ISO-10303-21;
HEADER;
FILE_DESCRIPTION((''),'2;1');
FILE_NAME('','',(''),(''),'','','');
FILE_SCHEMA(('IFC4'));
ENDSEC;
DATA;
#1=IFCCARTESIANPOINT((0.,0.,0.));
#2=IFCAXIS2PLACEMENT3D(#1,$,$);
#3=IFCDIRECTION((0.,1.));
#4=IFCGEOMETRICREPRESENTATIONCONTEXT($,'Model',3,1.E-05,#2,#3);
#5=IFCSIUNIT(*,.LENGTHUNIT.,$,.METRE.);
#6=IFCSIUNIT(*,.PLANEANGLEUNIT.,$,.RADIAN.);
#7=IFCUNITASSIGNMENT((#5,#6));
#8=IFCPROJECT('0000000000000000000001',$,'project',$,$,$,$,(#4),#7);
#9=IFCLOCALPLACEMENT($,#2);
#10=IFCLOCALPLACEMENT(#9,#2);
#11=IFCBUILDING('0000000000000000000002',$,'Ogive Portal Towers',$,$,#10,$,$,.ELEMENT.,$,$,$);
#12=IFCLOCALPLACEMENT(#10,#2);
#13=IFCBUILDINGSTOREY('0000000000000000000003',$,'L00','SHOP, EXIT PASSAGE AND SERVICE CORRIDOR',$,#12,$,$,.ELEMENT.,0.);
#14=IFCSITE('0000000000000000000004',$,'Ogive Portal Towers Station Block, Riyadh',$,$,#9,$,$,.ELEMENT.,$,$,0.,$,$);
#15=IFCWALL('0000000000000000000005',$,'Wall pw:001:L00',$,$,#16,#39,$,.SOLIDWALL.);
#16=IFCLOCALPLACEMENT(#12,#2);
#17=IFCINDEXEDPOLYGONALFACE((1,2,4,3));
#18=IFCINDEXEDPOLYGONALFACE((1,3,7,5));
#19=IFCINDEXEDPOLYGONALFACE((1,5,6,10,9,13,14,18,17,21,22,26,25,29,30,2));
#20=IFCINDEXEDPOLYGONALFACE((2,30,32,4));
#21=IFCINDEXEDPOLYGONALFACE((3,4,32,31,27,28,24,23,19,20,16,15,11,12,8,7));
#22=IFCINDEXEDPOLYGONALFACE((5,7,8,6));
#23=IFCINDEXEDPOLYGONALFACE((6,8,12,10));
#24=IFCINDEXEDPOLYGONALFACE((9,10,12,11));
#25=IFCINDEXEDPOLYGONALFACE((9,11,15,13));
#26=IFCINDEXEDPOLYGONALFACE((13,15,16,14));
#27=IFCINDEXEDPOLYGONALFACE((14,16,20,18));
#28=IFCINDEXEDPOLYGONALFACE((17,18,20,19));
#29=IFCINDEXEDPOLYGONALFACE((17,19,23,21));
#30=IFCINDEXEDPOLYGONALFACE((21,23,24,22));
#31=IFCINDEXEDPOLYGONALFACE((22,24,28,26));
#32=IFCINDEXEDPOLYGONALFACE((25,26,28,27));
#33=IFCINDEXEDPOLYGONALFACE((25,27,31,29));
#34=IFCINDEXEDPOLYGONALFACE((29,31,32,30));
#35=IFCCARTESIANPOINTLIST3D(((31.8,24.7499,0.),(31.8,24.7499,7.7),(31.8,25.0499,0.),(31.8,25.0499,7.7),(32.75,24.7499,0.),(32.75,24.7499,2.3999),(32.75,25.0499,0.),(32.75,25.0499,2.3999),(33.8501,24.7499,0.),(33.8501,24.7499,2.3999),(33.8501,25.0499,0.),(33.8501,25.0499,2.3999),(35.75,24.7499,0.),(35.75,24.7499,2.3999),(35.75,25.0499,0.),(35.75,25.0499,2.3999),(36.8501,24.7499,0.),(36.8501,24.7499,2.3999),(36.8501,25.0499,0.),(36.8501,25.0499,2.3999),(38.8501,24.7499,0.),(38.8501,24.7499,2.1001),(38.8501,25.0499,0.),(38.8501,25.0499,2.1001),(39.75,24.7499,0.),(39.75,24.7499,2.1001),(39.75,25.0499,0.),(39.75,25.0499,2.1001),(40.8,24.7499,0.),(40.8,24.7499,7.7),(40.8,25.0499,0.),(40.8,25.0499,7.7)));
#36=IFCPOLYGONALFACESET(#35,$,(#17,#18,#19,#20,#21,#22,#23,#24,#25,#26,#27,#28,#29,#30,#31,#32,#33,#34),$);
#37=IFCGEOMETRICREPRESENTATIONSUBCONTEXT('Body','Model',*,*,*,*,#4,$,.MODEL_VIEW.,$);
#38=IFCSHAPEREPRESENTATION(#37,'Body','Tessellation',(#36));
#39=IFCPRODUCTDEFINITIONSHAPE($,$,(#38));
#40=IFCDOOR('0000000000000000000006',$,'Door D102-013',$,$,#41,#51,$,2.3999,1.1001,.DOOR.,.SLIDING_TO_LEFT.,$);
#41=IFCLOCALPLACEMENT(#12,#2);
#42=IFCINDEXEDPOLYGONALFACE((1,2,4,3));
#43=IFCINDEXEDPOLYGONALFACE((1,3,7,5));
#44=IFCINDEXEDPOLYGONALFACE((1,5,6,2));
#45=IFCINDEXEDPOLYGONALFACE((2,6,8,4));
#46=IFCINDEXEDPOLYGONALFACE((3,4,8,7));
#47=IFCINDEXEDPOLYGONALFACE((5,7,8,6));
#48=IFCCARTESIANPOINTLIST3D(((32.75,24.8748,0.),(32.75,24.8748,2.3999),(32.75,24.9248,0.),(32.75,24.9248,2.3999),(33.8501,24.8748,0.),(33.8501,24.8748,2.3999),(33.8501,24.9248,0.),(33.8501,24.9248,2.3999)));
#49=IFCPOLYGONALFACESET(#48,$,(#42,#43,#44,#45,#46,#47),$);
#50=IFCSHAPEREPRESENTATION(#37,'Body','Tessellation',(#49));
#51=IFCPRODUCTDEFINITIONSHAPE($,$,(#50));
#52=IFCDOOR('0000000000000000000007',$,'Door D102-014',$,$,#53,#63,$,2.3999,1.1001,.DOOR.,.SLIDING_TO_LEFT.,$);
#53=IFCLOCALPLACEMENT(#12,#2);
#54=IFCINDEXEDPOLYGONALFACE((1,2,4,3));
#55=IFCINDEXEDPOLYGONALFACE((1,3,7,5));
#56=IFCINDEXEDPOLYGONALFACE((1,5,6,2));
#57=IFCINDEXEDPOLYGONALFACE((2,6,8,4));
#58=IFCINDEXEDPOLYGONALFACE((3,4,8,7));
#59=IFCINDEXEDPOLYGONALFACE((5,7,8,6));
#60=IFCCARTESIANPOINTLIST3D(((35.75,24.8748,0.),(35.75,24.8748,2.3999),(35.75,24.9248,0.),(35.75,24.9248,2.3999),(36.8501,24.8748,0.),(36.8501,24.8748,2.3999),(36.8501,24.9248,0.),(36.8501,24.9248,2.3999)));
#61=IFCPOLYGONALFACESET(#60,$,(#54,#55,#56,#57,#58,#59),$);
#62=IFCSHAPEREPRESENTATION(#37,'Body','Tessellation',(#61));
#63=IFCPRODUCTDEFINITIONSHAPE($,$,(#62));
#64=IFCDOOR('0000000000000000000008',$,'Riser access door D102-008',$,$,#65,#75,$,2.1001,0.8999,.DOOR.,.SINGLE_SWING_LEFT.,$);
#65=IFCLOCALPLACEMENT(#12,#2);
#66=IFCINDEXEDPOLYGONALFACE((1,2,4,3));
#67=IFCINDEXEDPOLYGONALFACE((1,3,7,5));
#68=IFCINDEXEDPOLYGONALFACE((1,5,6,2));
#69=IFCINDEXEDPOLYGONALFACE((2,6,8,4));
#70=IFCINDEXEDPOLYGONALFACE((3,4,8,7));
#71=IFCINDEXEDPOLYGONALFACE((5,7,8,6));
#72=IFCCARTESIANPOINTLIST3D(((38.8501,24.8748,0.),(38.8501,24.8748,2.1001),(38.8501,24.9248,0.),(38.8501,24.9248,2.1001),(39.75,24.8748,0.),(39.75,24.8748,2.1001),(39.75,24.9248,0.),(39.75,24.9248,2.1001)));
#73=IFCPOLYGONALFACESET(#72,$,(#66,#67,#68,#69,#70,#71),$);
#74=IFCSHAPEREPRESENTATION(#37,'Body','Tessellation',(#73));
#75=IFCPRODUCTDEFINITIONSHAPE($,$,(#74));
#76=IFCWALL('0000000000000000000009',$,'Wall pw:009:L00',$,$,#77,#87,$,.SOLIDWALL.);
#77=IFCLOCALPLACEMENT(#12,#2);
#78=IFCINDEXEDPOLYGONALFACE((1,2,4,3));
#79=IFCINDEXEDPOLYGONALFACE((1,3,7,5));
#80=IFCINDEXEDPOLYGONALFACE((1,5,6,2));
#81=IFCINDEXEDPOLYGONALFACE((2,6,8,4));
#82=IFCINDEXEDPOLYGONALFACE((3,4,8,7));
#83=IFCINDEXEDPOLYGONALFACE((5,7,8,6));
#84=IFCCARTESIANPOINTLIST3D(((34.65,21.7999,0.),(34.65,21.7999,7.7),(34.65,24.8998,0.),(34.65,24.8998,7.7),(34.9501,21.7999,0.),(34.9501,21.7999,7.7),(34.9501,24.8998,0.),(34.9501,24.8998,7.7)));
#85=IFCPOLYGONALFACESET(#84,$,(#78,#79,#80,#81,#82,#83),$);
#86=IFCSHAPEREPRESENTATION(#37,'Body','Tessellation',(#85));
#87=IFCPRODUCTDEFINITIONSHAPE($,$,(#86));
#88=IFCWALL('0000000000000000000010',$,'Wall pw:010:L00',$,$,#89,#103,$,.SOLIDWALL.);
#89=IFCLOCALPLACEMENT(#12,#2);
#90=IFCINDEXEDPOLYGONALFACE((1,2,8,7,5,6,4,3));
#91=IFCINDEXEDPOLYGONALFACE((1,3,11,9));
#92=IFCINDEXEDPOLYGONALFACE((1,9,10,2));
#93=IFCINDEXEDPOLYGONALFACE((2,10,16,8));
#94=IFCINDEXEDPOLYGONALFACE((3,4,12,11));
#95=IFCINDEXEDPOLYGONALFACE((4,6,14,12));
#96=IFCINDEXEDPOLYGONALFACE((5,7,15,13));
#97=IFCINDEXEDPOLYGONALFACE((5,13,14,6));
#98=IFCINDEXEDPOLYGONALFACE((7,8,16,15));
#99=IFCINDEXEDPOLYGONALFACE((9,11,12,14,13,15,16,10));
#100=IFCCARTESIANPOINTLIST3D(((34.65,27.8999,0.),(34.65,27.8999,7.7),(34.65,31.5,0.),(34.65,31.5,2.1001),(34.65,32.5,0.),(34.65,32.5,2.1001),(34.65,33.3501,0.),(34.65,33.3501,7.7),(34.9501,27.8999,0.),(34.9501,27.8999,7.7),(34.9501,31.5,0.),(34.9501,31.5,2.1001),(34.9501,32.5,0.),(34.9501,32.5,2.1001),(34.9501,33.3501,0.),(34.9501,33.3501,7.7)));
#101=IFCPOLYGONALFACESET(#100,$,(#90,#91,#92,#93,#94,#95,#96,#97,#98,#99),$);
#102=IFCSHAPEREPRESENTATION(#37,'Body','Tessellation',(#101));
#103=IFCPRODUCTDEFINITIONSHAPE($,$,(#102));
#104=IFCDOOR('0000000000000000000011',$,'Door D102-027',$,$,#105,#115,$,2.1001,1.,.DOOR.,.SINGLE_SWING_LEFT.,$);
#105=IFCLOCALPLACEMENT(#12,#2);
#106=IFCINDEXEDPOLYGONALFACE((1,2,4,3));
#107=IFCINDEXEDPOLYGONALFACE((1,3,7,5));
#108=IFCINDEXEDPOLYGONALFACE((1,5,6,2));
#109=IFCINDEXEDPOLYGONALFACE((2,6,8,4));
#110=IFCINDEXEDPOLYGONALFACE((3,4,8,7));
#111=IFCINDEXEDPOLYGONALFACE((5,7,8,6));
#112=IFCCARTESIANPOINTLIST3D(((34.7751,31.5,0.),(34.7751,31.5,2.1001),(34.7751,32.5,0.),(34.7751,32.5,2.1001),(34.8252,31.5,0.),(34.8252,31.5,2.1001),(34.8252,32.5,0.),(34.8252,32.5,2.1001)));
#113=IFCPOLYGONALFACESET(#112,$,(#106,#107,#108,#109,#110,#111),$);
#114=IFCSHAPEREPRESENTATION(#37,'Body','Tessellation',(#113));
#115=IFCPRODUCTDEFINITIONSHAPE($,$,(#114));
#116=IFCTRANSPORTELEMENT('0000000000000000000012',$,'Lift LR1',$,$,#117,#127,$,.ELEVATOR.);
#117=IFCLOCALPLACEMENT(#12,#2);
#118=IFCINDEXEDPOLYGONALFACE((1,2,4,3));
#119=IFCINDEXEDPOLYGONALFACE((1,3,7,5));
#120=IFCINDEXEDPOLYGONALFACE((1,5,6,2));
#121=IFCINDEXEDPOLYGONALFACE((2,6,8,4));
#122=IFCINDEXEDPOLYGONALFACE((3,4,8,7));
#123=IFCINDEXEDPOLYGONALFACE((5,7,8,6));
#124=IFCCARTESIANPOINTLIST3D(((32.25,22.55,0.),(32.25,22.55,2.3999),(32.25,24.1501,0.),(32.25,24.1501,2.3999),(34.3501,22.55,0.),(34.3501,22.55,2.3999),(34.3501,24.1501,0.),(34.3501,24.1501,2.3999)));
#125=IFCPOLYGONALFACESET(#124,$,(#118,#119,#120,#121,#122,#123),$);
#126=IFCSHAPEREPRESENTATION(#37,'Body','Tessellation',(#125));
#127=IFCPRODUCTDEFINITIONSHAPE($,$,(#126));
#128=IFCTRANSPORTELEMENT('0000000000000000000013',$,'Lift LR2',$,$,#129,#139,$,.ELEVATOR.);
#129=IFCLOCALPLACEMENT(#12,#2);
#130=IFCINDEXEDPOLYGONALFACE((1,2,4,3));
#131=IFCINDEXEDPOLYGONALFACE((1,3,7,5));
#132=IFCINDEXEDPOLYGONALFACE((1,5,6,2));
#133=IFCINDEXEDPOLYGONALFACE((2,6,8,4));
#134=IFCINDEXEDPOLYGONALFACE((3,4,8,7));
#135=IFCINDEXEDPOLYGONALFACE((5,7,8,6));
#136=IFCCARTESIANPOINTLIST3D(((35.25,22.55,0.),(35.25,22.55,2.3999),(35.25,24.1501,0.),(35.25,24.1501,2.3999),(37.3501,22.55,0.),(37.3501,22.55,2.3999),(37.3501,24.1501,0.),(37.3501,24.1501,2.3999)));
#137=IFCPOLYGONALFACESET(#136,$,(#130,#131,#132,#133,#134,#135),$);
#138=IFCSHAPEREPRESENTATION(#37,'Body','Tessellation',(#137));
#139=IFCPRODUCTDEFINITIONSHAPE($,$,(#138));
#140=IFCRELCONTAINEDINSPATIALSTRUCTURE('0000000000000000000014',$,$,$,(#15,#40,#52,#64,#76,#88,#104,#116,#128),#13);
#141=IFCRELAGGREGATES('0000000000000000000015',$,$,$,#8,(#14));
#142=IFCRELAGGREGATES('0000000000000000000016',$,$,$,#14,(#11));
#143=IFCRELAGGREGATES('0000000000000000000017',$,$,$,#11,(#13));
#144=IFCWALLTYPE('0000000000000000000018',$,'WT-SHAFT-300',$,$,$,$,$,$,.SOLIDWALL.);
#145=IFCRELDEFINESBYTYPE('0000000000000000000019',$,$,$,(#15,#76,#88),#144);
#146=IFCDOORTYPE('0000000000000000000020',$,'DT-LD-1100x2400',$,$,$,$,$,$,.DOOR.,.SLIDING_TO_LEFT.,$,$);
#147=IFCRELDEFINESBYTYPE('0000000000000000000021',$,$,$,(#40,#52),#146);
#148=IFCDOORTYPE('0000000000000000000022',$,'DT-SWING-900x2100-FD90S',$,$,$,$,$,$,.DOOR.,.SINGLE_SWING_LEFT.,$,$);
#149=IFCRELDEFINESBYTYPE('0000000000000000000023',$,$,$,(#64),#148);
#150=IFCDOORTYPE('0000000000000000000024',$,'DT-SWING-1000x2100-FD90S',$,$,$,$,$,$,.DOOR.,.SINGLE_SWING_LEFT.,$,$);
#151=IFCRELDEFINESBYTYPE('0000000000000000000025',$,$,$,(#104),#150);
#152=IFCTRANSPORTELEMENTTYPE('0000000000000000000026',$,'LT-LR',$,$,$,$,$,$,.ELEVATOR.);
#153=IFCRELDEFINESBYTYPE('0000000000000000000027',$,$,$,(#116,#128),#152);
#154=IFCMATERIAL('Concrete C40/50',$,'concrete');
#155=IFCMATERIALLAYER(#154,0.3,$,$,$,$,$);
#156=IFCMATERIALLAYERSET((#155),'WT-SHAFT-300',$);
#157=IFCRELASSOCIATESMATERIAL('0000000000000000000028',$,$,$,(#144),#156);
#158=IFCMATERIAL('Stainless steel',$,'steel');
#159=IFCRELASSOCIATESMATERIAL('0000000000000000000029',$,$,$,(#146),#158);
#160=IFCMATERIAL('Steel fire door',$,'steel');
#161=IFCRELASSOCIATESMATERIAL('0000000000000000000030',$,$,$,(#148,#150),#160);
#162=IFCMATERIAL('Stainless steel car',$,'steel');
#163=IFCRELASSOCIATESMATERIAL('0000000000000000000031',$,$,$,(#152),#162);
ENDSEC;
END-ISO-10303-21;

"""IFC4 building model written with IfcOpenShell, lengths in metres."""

from ifc_helpers import new_model, si_unit, direction, frame, frame_2d, origin, origin_2d, place, context, subcontext, project, spatial, rectangle, extrude, material, layer, layer_set, type_object, element, fill, save


model = new_model("IFC4")

# Units and contexts
model_context = context("Model", 3, precision=1e-05, world=origin(), true_north=direction((0.0, 1.0)))
body_context = subcontext(model_context, "Body", "Model", "MODEL_VIEW")
ifc_project = project(units=[si_unit("LENGTHUNIT", "METRE"), si_unit("PLANEANGLEUNIT", "RADIAN")], contexts=[model_context])

# Site, building, storey
site_placement = place(None, origin())
site = spatial("IfcSite", under=ifc_project, at=site_placement, Name="Ogive Portal Towers Station Block, Riyadh", CompositionType="ELEMENT", RefElevation=0.0)
building_placement = place(site_placement, origin())
building = spatial("IfcBuilding", under=site, at=building_placement, Name="Ogive Portal Towers", CompositionType="ELEMENT")
storey_placement = place(building_placement, origin())
storey = spatial("IfcBuildingStorey", under=building, at=storey_placement, Name="L00", Description="SHOP, EXIT PASSAGE AND SERVICE CORRIDOR", CompositionType="ELEMENT", Elevation=0.0)

# Wall, openings, doors
ifc_material_1 = material(Name="Concrete C40/50", Category="concrete")
ifc_layer_1 = layer(ifc_material_1, 0.3)
ifc_layer_set_1 = layer_set([ifc_layer_1], Name="WT-SHAFT-300")
wall_type_1 = type_object("IfcWallType", Name="WT-SHAFT-300", PredefinedType="SOLIDWALL", material=ifc_layer_set_1)
wall_1_placement = place(storey_placement, frame((31.8, 24.8999, 0.0), z_axis=(0.0, 0.0, 1.0), x_axis=(1.0, 0.0, 0.0)))
wall_1 = element("IfcWall", 1, at=wall_1_placement, inside=storey, type_object=wall_type_1, Name="Wall pw:001:L00", PredefinedType="SOLIDWALL", context=body_context, shape_type="SweptSolid", body=[
    extrude(rectangle(XDim=9.0, YDim=0.3, at=frame_2d((4.5, 0.0))), origin(), (0.0, 0.0, 1.0), 7.7),
])
opening_1_placement = place(wall_1_placement, frame((7.05, 0.0, 0.0)))
opening_1 = element("IfcOpeningElement", 2, at=opening_1_placement, cuts=wall_1, PredefinedType="OPENING", context=body_context, shape_type="SweptSolid", body=[
    extrude(rectangle(XDim=0.8999, YDim=2.1001, at=frame_2d((0.45, 1.05))), frame((0.0, 0.1602, 0.0), z_axis=(0.0, -1.0, 0.0), x_axis=(1.0, 0.0, 0.0)), (0.0, 0.0, 1.0), 0.3201),
])
opening_2_placement = place(wall_1_placement, frame((0.95, 0.0, 0.0)))
opening_2 = element("IfcOpeningElement", 3, at=opening_2_placement, cuts=wall_1, PredefinedType="OPENING", context=body_context, shape_type="SweptSolid", body=[
    extrude(rectangle(XDim=1.1001, YDim=2.3999, at=frame_2d((0.55, 1.2))), frame((0.0, 0.1602, 0.0), z_axis=(0.0, -1.0, 0.0), x_axis=(1.0, 0.0, 0.0)), (0.0, 0.0, 1.0), 0.3201),
])
opening_3_placement = place(wall_1_placement, frame((3.95, 0.0, 0.0)))
opening_3 = element("IfcOpeningElement", 4, at=opening_3_placement, cuts=wall_1, PredefinedType="OPENING", context=body_context, shape_type="SweptSolid", body=[
    extrude(rectangle(XDim=1.1001, YDim=2.3999, at=frame_2d((0.55, 1.2))), frame((0.0, 0.1602, 0.0), z_axis=(0.0, -1.0, 0.0), x_axis=(1.0, 0.0, 0.0)), (0.0, 0.0, 1.0), 0.3201),
])
ifc_material_2 = material(Name="Stainless steel", Category="steel")
door_type_1 = type_object("IfcDoorType", Name="DT-LD-1100x2400", OperationType="SLIDING_TO_LEFT", PredefinedType="DOOR", material=ifc_material_2)
door_1_placement = place(opening_2_placement, origin())
door_1 = element("IfcDoor", 5, at=door_1_placement, inside=storey, type_object=door_type_1, Name="Door D102-013", OperationType="SLIDING_TO_LEFT", OverallHeight=2.3999, OverallWidth=1.1001, PredefinedType="DOOR", context=body_context, shape_type="SweptSolid", body=[
    extrude(rectangle(XDim=1.1001, YDim=2.3999, at=frame_2d((0.55, 1.2))), frame((0.0, 0.0249, 0.0), z_axis=(0.0, -1.0, 0.0), x_axis=(1.0, 0.0, 0.0)), (0.0, 0.0, 1.0), 0.05),
])
fill(opening_2, door_1)
door_2_placement = place(opening_3_placement, origin())
door_2 = element("IfcDoor", 6, at=door_2_placement, inside=storey, type_object=door_type_1, Name="Door D102-014", OperationType="SLIDING_TO_LEFT", OverallHeight=2.3999, OverallWidth=1.1001, PredefinedType="DOOR", context=body_context, shape_type="SweptSolid", body=[
    extrude(rectangle(XDim=1.1001, YDim=2.3999, at=frame_2d((0.55, 1.2))), frame((0.0, 0.0249, 0.0), z_axis=(0.0, -1.0, 0.0), x_axis=(1.0, 0.0, 0.0)), (0.0, 0.0, 1.0), 0.05),
])
fill(opening_3, door_2)
ifc_material_3 = material(Name="Steel fire door", Category="steel")
door_type_2 = type_object("IfcDoorType", Name="DT-SWING-900x2100-FD90S", OperationType="SINGLE_SWING_LEFT", PredefinedType="DOOR", material=ifc_material_3)
door_3_placement = place(opening_1_placement, origin())
door_3 = element("IfcDoor", 7, at=door_3_placement, inside=storey, type_object=door_type_2, Name="Riser access door D102-008", OperationType="SINGLE_SWING_LEFT", OverallHeight=2.1001, OverallWidth=0.8999, PredefinedType="DOOR", context=body_context, shape_type="SweptSolid", body=[
    extrude(rectangle(XDim=0.8999, YDim=2.1001, at=frame_2d((0.45, 1.05))), frame((0.0, 0.0249, 0.0), z_axis=(0.0, -1.0, 0.0), x_axis=(1.0, 0.0, 0.0)), (0.0, 0.0, 1.0), 0.05),
])
fill(opening_1, door_3)

# Wall
wall_2_placement = place(storey_placement, frame((34.8, 21.8, 0.0), z_axis=(0.0, 0.0, 1.0), x_axis=(0.0, 1.0, 0.0)))
element("IfcWall", 8, at=wall_2_placement, inside=storey, type_object=wall_type_1, Name="Wall pw:009:L00", PredefinedType="SOLIDWALL", context=body_context, shape_type="SweptSolid", body=[
    extrude(rectangle(XDim=3.0999, YDim=0.3, at=frame_2d((1.5498, 0.0))), origin(), (0.0, 0.0, 1.0), 7.7),
])

# Wall, opening, door
wall_3_placement = place(storey_placement, frame((34.8, 27.8999, 0.0), z_axis=(0.0, 0.0, 1.0), x_axis=(0.0, 1.0, 0.0)))
wall_3 = element("IfcWall", 9, at=wall_3_placement, inside=storey, type_object=wall_type_1, Name="Wall pw:010:L00", PredefinedType="SOLIDWALL", context=body_context, shape_type="SweptSolid", body=[
    extrude(rectangle(XDim=5.4502, YDim=0.3, at=frame_2d((2.7251, 0.0))), origin(), (0.0, 0.0, 1.0), 7.7),
])
opening_4_placement = place(wall_3_placement, frame((3.6001, 0.0, 0.0)))
opening_4 = element("IfcOpeningElement", 10, at=opening_4_placement, cuts=wall_3, PredefinedType="OPENING", context=body_context, shape_type="SweptSolid", body=[
    extrude(rectangle(XDim=1.0, YDim=2.1001, at=frame_2d((0.5, 1.05))), frame((0.0, 0.1602, 0.0), z_axis=(0.0, -1.0, 0.0), x_axis=(1.0, 0.0, 0.0)), (0.0, 0.0, 1.0), 0.3201),
])
door_type_3 = type_object("IfcDoorType", Name="DT-SWING-1000x2100-FD90S", OperationType="SINGLE_SWING_LEFT", PredefinedType="DOOR", material=ifc_material_3)
door_4_placement = place(opening_4_placement, origin())
door_4 = element("IfcDoor", 11, at=door_4_placement, inside=storey, type_object=door_type_3, Name="Door D102-027", OperationType="SINGLE_SWING_LEFT", OverallHeight=2.1001, OverallWidth=1.0, PredefinedType="DOOR", context=body_context, shape_type="SweptSolid", body=[
    extrude(rectangle(XDim=1.0, YDim=2.1001, at=frame_2d((0.5, 1.05))), frame((0.0, 0.0249, 0.0), z_axis=(0.0, -1.0, 0.0), x_axis=(1.0, 0.0, 0.0)), (0.0, 0.0, 1.0), 0.05),
])
fill(opening_4, door_4)

# Transport elements
ifc_material_4 = material(Name="Stainless steel car", Category="steel")
transport_element_type = type_object("IfcTransportElementType", Name="LT-LR", PredefinedType="ELEVATOR", material=ifc_material_4)
for number, where, z_axis, x_axis, name in (
    (12, (33.3, 23.3501, 0.0), (0.0, 0.0, 1.0), (1.0, 0.0, 0.0), "Lift LR1"),
    (13, (36.3, 23.3501, 0.0), (0.0, 0.0, 1.0), (1.0, 0.0, 0.0), "Lift LR2"),
):
    element("IfcTransportElement", number, at=place(storey_placement, frame(where, z_axis=z_axis, x_axis=x_axis)), inside=storey, type_object=transport_element_type, Name=name, PredefinedType="ELEVATOR", context=body_context, shape_type="SweptSolid", body=[
        extrude(rectangle(XDim=2.1001, YDim=1.6001, at=origin_2d()), origin(), (0.0, 0.0, 1.0), 2.3999),
    ])

save(model, "model.ifc")
